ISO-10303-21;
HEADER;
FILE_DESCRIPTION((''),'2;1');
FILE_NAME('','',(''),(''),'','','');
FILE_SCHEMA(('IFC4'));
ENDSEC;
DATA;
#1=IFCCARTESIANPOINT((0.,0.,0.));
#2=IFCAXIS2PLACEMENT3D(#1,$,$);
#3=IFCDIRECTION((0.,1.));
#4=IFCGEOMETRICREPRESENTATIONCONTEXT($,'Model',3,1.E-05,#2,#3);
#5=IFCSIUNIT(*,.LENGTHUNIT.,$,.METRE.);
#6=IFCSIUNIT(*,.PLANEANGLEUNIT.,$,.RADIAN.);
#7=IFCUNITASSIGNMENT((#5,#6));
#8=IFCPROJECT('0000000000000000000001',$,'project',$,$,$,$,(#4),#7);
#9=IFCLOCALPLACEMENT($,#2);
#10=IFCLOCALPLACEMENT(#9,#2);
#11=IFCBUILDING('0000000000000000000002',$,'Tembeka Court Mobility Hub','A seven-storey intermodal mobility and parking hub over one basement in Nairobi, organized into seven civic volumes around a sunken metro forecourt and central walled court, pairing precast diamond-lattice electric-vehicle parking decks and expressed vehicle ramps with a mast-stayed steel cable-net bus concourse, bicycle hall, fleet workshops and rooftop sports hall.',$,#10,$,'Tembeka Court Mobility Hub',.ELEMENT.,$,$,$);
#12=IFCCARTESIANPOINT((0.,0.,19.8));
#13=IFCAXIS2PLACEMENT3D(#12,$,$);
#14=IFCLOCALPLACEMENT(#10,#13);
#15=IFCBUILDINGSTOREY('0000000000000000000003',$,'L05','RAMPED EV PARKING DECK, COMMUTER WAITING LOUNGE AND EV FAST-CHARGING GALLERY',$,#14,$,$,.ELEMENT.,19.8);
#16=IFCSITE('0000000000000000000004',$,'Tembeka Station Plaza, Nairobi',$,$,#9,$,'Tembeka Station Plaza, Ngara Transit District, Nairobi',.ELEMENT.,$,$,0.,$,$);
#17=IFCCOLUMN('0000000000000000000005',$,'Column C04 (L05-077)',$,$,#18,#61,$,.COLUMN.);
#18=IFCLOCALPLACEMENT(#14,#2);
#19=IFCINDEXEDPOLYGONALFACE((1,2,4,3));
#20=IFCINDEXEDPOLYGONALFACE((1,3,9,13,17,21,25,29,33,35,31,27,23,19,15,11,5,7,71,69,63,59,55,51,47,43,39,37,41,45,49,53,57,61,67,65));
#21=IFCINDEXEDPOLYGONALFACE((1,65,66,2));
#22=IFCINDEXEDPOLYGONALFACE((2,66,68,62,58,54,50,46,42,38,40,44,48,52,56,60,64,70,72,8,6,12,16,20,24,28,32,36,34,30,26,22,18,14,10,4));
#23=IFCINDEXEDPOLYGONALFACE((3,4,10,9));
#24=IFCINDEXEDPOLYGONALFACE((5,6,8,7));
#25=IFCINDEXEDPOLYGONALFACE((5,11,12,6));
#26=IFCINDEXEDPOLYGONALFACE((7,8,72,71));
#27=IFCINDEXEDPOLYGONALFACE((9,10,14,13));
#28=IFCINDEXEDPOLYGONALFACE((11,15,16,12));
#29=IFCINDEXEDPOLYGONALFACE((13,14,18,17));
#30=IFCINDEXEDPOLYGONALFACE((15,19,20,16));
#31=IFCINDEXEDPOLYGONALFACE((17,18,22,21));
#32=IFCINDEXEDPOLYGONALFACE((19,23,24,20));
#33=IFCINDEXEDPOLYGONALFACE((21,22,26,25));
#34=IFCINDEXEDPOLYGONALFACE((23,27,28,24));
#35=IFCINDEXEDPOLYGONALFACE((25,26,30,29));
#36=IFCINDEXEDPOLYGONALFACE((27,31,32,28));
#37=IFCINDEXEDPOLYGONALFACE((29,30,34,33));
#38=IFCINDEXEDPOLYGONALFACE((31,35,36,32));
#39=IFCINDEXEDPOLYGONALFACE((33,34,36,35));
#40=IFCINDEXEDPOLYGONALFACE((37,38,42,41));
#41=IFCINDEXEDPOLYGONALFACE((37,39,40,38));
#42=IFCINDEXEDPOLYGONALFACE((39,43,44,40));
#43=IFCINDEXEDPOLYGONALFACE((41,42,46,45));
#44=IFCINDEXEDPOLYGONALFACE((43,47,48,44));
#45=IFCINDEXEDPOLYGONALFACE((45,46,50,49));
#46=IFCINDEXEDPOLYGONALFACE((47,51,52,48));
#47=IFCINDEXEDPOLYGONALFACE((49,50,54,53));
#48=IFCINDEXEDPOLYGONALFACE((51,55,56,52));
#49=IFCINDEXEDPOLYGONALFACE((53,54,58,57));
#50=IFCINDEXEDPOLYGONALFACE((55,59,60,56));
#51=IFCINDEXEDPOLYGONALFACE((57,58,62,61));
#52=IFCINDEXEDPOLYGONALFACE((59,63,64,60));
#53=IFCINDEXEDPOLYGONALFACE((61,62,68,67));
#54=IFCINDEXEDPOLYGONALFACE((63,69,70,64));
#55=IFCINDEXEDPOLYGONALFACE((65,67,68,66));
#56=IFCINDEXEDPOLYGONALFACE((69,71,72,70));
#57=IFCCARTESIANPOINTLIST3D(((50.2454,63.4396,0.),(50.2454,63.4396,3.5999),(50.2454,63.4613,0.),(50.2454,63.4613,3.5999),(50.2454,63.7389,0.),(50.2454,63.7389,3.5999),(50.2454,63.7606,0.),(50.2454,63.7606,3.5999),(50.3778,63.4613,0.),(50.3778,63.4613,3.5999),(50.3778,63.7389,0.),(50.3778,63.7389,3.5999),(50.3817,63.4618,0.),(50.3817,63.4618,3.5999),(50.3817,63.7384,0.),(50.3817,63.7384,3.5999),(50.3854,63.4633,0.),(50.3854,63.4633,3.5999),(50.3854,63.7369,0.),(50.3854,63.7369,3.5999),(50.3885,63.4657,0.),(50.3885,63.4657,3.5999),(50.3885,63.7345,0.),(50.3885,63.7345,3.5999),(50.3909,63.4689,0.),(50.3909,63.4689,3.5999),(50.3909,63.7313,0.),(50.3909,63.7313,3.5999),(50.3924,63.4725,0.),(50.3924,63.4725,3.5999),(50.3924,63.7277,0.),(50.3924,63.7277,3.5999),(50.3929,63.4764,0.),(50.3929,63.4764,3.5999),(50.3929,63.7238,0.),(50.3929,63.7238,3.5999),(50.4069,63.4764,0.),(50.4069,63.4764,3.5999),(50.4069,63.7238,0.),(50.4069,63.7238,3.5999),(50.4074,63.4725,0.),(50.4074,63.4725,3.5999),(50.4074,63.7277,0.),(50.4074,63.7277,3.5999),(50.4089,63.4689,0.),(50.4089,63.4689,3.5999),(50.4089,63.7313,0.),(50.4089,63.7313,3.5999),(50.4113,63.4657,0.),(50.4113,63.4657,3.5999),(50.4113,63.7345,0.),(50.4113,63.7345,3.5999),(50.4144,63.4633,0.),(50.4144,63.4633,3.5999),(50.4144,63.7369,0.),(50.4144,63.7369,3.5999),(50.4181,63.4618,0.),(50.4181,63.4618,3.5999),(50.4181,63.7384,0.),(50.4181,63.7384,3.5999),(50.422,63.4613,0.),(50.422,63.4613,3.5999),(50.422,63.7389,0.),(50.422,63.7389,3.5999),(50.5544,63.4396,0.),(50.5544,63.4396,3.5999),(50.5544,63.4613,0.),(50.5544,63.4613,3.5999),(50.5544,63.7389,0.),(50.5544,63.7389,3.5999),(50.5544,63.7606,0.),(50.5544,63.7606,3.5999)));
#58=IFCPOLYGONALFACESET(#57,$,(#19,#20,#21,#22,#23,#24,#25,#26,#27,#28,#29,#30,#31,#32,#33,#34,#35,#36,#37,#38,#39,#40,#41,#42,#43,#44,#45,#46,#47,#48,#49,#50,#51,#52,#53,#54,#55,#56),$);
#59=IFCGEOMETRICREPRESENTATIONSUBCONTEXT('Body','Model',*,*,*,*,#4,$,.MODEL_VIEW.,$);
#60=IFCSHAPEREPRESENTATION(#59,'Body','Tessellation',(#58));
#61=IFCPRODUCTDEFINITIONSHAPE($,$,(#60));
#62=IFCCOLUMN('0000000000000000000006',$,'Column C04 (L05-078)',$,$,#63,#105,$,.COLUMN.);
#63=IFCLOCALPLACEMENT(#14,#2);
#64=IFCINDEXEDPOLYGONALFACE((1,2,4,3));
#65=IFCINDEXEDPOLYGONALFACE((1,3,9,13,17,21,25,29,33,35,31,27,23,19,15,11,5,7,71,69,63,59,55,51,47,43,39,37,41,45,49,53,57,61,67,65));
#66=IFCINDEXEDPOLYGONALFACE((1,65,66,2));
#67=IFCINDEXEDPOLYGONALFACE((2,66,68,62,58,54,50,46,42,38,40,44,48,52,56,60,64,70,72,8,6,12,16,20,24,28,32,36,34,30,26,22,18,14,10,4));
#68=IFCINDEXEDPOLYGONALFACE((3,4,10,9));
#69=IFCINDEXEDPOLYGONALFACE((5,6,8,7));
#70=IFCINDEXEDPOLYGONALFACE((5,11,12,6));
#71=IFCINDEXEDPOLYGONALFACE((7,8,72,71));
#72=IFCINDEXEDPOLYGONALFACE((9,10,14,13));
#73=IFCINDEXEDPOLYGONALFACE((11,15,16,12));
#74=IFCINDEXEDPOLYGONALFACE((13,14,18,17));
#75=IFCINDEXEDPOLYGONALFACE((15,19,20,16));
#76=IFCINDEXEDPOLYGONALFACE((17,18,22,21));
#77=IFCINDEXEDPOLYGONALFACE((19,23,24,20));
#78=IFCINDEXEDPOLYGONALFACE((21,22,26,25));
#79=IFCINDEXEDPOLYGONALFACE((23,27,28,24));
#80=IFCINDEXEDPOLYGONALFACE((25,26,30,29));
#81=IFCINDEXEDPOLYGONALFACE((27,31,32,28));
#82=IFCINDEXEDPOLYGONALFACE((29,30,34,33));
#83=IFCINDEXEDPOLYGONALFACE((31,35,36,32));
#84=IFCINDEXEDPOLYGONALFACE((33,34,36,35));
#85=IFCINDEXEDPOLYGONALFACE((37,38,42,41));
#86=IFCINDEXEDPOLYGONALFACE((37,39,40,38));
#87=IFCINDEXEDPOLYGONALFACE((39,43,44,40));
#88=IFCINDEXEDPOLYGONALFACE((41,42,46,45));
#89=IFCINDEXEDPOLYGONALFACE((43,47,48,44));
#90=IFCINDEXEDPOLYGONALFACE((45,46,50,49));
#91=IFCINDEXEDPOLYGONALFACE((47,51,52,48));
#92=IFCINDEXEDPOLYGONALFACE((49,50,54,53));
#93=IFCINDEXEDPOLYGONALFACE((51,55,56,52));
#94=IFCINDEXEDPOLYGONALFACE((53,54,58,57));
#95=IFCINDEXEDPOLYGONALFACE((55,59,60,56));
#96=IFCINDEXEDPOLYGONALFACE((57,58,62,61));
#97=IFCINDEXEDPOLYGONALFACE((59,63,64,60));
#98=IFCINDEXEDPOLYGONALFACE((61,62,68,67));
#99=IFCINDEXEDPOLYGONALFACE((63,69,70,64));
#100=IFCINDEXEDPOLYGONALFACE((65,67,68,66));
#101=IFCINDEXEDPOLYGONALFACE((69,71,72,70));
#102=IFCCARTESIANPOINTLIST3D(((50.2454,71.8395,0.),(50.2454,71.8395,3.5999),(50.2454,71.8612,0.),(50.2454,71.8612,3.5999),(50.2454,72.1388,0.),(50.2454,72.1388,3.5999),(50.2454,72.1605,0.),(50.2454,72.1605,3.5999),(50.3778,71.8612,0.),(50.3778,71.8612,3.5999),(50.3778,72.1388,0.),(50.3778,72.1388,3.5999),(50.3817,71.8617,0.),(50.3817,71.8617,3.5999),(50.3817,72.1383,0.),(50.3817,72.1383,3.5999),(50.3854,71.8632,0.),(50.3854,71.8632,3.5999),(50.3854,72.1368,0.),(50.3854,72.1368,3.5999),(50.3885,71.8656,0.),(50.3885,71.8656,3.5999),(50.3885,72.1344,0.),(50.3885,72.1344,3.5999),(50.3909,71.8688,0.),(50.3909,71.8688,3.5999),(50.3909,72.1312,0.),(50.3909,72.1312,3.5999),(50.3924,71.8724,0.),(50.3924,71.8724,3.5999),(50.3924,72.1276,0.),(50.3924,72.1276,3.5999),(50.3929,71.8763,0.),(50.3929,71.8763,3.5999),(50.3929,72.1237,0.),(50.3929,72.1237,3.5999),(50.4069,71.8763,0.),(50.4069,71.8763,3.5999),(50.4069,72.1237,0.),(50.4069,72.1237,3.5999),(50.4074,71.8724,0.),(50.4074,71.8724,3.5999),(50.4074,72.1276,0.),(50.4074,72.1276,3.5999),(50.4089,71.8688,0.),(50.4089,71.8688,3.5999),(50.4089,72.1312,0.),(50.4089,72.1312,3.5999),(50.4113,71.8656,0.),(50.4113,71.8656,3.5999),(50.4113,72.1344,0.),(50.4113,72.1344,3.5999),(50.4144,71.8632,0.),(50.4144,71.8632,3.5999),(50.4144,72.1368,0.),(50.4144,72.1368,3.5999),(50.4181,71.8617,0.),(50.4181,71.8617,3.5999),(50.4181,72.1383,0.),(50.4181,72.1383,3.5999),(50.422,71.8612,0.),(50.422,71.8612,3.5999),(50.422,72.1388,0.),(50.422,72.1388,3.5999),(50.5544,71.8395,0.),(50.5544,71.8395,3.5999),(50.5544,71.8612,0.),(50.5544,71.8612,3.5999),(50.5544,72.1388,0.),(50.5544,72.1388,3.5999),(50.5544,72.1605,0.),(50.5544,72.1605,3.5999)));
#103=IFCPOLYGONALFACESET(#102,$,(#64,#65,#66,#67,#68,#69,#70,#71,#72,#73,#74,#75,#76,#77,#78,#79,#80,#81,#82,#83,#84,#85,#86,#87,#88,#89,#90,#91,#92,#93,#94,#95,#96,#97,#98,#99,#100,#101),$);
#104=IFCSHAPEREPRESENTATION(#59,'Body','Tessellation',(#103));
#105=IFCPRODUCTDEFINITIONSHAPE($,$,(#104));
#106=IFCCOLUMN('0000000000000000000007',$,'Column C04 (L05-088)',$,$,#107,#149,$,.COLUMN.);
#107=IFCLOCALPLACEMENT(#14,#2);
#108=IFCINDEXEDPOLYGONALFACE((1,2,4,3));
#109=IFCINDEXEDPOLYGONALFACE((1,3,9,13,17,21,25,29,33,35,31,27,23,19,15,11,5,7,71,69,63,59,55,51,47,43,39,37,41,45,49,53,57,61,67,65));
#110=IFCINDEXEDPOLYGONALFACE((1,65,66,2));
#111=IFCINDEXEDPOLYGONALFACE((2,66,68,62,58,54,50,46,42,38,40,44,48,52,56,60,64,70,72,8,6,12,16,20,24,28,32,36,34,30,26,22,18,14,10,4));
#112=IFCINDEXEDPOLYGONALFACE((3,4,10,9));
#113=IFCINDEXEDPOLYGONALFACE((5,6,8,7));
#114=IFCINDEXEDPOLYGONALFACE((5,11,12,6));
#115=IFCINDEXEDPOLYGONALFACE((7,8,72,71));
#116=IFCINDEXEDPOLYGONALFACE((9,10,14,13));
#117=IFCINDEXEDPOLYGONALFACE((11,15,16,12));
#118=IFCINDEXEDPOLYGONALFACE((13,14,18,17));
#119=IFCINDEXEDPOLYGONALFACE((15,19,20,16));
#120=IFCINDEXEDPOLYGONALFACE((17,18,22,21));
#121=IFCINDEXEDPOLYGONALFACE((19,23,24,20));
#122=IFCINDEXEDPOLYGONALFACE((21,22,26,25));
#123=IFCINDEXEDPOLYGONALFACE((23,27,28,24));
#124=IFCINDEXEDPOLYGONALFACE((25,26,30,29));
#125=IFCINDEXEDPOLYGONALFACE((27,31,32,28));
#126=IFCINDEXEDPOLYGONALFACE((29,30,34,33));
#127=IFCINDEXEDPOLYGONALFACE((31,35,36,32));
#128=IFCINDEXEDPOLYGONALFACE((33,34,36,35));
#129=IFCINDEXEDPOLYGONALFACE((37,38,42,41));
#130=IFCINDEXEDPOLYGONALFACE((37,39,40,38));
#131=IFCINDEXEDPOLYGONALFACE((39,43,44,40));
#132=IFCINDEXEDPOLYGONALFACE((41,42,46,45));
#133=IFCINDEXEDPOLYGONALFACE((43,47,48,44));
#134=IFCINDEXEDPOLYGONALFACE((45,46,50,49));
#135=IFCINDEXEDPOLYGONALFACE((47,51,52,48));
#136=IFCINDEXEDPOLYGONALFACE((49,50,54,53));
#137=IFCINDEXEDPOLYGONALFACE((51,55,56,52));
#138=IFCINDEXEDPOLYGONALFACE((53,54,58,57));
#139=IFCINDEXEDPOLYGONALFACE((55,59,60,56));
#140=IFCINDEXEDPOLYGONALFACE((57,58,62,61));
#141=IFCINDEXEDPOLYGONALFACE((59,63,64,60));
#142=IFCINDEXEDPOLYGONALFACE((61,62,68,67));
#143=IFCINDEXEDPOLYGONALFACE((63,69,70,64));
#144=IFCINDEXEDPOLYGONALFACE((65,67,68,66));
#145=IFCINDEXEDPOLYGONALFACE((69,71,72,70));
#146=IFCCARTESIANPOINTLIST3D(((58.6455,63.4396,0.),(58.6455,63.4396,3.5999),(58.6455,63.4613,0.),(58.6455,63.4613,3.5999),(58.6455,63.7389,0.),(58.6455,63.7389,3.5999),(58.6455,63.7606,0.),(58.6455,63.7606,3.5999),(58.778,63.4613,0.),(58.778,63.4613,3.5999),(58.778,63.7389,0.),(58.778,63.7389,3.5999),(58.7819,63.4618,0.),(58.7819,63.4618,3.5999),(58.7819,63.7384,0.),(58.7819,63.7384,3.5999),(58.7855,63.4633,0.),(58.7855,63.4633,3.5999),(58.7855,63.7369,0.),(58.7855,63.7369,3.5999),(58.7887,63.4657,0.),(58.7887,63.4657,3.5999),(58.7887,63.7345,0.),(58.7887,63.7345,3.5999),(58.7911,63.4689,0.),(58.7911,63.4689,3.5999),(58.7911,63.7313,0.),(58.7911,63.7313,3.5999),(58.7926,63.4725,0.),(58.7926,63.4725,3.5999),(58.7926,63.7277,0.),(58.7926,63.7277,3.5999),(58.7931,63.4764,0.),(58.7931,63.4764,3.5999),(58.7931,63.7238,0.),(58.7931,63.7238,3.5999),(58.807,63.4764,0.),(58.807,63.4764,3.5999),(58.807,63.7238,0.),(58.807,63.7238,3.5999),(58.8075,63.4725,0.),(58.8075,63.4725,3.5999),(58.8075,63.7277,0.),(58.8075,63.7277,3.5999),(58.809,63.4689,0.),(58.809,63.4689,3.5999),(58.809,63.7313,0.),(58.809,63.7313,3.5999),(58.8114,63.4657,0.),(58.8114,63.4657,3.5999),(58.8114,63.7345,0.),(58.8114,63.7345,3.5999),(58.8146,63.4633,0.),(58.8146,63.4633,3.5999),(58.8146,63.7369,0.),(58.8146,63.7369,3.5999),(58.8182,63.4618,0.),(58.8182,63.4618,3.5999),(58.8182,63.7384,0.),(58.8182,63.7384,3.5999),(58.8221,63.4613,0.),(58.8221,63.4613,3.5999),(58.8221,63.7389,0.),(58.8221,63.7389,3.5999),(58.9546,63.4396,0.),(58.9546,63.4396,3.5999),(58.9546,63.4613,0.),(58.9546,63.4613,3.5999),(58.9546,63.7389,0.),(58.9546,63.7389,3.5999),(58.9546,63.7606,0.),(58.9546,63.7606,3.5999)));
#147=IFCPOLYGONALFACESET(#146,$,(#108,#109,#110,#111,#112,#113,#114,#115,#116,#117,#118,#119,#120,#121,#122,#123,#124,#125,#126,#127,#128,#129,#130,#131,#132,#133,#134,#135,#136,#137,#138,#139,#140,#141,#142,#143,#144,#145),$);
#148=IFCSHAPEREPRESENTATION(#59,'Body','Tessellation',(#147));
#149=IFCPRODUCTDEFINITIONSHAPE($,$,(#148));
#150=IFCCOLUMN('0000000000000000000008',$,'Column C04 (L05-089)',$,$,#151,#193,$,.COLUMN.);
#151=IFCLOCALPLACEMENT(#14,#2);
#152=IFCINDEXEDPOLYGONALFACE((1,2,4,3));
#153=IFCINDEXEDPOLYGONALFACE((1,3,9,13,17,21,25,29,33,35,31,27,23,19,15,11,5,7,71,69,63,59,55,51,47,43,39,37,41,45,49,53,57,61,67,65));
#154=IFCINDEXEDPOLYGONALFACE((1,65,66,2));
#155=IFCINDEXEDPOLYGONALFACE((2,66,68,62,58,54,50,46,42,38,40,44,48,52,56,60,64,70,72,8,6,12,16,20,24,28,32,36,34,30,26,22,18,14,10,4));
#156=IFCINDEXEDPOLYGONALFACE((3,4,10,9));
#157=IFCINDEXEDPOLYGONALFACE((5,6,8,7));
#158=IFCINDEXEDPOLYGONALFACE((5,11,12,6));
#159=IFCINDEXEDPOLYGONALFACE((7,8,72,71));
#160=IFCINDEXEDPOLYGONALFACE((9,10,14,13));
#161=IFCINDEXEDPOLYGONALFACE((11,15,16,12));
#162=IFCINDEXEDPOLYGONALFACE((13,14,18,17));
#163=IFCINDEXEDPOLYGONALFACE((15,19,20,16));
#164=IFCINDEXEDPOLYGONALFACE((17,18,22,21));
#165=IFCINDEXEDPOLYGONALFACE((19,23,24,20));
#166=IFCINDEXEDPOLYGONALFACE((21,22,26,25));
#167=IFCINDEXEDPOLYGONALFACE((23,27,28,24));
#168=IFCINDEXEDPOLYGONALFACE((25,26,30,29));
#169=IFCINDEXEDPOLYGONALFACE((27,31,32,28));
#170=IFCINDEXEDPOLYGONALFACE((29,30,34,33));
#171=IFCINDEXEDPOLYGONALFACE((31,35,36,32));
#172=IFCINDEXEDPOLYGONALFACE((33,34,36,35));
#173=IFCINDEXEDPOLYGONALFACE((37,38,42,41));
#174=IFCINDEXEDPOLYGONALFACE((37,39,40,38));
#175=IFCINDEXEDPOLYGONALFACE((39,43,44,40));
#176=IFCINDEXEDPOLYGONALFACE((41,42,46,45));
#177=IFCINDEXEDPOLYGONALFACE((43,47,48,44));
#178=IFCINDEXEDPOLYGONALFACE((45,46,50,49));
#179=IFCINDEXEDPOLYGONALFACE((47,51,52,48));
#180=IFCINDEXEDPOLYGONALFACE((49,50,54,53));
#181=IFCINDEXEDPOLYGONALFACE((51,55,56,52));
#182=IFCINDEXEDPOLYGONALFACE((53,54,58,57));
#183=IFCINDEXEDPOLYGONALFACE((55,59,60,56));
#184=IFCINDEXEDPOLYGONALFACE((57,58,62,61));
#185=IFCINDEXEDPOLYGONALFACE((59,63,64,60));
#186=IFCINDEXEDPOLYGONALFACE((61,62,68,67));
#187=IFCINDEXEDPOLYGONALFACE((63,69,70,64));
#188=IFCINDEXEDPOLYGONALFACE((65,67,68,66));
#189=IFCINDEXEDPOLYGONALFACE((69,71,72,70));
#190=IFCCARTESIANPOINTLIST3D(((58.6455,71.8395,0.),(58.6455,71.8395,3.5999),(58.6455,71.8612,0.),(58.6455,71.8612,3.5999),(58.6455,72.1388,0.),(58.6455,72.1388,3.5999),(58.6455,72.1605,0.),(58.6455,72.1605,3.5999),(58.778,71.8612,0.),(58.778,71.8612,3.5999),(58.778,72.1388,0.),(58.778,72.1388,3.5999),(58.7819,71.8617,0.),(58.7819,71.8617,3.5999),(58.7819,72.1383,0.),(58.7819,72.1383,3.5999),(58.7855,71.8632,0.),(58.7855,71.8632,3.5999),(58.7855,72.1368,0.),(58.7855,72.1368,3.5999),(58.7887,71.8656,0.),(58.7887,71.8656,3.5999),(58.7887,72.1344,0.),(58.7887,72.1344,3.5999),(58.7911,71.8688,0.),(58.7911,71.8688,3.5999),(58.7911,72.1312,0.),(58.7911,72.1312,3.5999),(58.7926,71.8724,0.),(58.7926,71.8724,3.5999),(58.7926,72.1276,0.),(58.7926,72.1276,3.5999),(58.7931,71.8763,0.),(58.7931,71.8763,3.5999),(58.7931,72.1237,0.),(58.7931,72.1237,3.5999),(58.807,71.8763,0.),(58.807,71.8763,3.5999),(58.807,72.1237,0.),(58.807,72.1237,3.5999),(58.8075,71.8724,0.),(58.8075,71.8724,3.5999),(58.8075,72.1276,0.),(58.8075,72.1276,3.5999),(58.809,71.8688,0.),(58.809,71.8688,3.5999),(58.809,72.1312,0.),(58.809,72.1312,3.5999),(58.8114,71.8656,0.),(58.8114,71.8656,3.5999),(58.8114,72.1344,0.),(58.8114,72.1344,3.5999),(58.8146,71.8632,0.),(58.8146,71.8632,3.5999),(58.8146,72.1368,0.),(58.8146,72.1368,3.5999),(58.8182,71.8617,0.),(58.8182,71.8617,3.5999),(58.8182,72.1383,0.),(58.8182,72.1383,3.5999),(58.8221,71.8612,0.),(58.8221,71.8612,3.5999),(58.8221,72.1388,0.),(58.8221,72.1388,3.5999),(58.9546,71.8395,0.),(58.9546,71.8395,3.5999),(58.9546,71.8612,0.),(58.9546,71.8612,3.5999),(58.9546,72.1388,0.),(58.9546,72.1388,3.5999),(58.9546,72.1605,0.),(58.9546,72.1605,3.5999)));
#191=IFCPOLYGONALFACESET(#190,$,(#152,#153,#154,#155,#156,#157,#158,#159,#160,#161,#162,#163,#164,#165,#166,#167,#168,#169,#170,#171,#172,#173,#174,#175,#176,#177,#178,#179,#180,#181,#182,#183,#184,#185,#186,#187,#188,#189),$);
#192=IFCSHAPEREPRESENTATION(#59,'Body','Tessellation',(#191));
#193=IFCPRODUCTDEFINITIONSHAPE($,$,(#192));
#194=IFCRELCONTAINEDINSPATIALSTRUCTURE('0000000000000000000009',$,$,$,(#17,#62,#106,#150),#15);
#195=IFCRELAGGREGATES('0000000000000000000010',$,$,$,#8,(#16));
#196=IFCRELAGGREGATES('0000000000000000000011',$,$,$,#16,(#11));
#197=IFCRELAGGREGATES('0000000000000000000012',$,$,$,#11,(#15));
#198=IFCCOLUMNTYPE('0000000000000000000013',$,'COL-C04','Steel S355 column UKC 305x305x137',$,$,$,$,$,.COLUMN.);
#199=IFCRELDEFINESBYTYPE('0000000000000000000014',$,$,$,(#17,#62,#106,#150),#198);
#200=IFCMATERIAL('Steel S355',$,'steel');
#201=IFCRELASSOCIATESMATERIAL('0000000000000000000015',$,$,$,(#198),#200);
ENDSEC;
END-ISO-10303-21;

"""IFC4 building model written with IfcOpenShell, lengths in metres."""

from ifc_helpers import new_model, si_unit, direction, frame, origin, origin_2d, place, context, subcontext, project, spatial, i_section, extrude, material, material_profile, profile_set, type_object, element, save


model = new_model("IFC4")

# Units and contexts
model_context = context("Model", 3, precision=1e-05, world=origin(), true_north=direction((0.0, 1.0)))
body_context = subcontext(model_context, "Body", "Model", "MODEL_VIEW")
ifc_project = project(units=[si_unit("LENGTHUNIT", "METRE"), si_unit("PLANEANGLEUNIT", "RADIAN")], contexts=[model_context])

# Site, building, storey
site_placement = place(None, origin())
site = spatial("IfcSite", under=ifc_project, at=site_placement, Name="Tembeka Station Plaza, Nairobi", LongName="Tembeka Station Plaza, Ngara Transit District, Nairobi", CompositionType="ELEMENT", RefElevation=0.0)
building_placement = place(site_placement, origin())
building = spatial("IfcBuilding", under=site, at=building_placement, Name="Tembeka Court Mobility Hub", Description="A seven-storey intermodal mobility and parking hub over one basement in Nairobi, organized into seven civic volumes around a sunken metro forecourt and central walled court, pairing precast diamond-lattice electric-vehicle parking decks and expressed vehicle ramps with a mast-stayed steel cable-net bus concourse, bicycle hall, fleet workshops and rooftop sports hall.", LongName="Tembeka Court Mobility Hub", CompositionType="ELEMENT")
storey_placement = place(building_placement, frame((0.0, 0.0, 19.8)))
storey = spatial("IfcBuildingStorey", under=building, at=storey_placement, Name="L05", Description="RAMPED EV PARKING DECK, COMMUTER WAITING LOUNGE AND EV FAST-CHARGING GALLERY", CompositionType="ELEMENT", Elevation=19.8)

# Columns
ifc_material_1 = material(Name="Steel S355", Category="steel")
ifc_material_profile_1 = material_profile(ifc_material_1, i_section(OverallWidth=0.3091, OverallDepth=0.321, WebThickness=0.0139, FlangeThickness=0.0217, FilletRadius=0.0151, at=origin_2d()), Name="UKC 305x305x137")
ifc_profile_set_1 = profile_set([ifc_material_profile_1], Name="Steel S355")
column_type = type_object("IfcColumnType", Name="COL-C04", Description="Steel S355 column UKC 305x305x137", PredefinedType="COLUMN", material=ifc_profile_set_1)
for number, where, z_axis, x_axis, name in (
    (1, (50.3999, 63.6001, 0.0), (0.0, 0.0, 1.0), (1.0, 0.0, 0.0), "Column C04 (L05-077)"),
    (2, (50.3999, 72.0, 0.0), (0.0, 0.0, 1.0), (1.0, 0.0, 0.0), "Column C04 (L05-078)"),
    (3, (58.8, 63.6001, 0.0), (0.0, 0.0, 1.0), (1.0, 0.0, 0.0), "Column C04 (L05-088)"),
    (4, (58.8, 72.0, 0.0), (0.0, 0.0, 1.0), (1.0, 0.0, 0.0), "Column C04 (L05-089)"),
):
    element("IfcColumn", number, at=place(storey_placement, frame(where, z_axis=z_axis, x_axis=x_axis)), inside=storey, type_object=column_type, Name=name, PredefinedType="COLUMN", context=body_context, shape_type="SweptSolid", body=[
        extrude(i_section(OverallWidth=0.3091, OverallDepth=0.321, WebThickness=0.0139, FlangeThickness=0.0217, FilletRadius=0.0151, at=origin_2d()), origin(), (0.0, 0.0, 1.0), 3.5999),
    ])

save(model, "model.ifc")
